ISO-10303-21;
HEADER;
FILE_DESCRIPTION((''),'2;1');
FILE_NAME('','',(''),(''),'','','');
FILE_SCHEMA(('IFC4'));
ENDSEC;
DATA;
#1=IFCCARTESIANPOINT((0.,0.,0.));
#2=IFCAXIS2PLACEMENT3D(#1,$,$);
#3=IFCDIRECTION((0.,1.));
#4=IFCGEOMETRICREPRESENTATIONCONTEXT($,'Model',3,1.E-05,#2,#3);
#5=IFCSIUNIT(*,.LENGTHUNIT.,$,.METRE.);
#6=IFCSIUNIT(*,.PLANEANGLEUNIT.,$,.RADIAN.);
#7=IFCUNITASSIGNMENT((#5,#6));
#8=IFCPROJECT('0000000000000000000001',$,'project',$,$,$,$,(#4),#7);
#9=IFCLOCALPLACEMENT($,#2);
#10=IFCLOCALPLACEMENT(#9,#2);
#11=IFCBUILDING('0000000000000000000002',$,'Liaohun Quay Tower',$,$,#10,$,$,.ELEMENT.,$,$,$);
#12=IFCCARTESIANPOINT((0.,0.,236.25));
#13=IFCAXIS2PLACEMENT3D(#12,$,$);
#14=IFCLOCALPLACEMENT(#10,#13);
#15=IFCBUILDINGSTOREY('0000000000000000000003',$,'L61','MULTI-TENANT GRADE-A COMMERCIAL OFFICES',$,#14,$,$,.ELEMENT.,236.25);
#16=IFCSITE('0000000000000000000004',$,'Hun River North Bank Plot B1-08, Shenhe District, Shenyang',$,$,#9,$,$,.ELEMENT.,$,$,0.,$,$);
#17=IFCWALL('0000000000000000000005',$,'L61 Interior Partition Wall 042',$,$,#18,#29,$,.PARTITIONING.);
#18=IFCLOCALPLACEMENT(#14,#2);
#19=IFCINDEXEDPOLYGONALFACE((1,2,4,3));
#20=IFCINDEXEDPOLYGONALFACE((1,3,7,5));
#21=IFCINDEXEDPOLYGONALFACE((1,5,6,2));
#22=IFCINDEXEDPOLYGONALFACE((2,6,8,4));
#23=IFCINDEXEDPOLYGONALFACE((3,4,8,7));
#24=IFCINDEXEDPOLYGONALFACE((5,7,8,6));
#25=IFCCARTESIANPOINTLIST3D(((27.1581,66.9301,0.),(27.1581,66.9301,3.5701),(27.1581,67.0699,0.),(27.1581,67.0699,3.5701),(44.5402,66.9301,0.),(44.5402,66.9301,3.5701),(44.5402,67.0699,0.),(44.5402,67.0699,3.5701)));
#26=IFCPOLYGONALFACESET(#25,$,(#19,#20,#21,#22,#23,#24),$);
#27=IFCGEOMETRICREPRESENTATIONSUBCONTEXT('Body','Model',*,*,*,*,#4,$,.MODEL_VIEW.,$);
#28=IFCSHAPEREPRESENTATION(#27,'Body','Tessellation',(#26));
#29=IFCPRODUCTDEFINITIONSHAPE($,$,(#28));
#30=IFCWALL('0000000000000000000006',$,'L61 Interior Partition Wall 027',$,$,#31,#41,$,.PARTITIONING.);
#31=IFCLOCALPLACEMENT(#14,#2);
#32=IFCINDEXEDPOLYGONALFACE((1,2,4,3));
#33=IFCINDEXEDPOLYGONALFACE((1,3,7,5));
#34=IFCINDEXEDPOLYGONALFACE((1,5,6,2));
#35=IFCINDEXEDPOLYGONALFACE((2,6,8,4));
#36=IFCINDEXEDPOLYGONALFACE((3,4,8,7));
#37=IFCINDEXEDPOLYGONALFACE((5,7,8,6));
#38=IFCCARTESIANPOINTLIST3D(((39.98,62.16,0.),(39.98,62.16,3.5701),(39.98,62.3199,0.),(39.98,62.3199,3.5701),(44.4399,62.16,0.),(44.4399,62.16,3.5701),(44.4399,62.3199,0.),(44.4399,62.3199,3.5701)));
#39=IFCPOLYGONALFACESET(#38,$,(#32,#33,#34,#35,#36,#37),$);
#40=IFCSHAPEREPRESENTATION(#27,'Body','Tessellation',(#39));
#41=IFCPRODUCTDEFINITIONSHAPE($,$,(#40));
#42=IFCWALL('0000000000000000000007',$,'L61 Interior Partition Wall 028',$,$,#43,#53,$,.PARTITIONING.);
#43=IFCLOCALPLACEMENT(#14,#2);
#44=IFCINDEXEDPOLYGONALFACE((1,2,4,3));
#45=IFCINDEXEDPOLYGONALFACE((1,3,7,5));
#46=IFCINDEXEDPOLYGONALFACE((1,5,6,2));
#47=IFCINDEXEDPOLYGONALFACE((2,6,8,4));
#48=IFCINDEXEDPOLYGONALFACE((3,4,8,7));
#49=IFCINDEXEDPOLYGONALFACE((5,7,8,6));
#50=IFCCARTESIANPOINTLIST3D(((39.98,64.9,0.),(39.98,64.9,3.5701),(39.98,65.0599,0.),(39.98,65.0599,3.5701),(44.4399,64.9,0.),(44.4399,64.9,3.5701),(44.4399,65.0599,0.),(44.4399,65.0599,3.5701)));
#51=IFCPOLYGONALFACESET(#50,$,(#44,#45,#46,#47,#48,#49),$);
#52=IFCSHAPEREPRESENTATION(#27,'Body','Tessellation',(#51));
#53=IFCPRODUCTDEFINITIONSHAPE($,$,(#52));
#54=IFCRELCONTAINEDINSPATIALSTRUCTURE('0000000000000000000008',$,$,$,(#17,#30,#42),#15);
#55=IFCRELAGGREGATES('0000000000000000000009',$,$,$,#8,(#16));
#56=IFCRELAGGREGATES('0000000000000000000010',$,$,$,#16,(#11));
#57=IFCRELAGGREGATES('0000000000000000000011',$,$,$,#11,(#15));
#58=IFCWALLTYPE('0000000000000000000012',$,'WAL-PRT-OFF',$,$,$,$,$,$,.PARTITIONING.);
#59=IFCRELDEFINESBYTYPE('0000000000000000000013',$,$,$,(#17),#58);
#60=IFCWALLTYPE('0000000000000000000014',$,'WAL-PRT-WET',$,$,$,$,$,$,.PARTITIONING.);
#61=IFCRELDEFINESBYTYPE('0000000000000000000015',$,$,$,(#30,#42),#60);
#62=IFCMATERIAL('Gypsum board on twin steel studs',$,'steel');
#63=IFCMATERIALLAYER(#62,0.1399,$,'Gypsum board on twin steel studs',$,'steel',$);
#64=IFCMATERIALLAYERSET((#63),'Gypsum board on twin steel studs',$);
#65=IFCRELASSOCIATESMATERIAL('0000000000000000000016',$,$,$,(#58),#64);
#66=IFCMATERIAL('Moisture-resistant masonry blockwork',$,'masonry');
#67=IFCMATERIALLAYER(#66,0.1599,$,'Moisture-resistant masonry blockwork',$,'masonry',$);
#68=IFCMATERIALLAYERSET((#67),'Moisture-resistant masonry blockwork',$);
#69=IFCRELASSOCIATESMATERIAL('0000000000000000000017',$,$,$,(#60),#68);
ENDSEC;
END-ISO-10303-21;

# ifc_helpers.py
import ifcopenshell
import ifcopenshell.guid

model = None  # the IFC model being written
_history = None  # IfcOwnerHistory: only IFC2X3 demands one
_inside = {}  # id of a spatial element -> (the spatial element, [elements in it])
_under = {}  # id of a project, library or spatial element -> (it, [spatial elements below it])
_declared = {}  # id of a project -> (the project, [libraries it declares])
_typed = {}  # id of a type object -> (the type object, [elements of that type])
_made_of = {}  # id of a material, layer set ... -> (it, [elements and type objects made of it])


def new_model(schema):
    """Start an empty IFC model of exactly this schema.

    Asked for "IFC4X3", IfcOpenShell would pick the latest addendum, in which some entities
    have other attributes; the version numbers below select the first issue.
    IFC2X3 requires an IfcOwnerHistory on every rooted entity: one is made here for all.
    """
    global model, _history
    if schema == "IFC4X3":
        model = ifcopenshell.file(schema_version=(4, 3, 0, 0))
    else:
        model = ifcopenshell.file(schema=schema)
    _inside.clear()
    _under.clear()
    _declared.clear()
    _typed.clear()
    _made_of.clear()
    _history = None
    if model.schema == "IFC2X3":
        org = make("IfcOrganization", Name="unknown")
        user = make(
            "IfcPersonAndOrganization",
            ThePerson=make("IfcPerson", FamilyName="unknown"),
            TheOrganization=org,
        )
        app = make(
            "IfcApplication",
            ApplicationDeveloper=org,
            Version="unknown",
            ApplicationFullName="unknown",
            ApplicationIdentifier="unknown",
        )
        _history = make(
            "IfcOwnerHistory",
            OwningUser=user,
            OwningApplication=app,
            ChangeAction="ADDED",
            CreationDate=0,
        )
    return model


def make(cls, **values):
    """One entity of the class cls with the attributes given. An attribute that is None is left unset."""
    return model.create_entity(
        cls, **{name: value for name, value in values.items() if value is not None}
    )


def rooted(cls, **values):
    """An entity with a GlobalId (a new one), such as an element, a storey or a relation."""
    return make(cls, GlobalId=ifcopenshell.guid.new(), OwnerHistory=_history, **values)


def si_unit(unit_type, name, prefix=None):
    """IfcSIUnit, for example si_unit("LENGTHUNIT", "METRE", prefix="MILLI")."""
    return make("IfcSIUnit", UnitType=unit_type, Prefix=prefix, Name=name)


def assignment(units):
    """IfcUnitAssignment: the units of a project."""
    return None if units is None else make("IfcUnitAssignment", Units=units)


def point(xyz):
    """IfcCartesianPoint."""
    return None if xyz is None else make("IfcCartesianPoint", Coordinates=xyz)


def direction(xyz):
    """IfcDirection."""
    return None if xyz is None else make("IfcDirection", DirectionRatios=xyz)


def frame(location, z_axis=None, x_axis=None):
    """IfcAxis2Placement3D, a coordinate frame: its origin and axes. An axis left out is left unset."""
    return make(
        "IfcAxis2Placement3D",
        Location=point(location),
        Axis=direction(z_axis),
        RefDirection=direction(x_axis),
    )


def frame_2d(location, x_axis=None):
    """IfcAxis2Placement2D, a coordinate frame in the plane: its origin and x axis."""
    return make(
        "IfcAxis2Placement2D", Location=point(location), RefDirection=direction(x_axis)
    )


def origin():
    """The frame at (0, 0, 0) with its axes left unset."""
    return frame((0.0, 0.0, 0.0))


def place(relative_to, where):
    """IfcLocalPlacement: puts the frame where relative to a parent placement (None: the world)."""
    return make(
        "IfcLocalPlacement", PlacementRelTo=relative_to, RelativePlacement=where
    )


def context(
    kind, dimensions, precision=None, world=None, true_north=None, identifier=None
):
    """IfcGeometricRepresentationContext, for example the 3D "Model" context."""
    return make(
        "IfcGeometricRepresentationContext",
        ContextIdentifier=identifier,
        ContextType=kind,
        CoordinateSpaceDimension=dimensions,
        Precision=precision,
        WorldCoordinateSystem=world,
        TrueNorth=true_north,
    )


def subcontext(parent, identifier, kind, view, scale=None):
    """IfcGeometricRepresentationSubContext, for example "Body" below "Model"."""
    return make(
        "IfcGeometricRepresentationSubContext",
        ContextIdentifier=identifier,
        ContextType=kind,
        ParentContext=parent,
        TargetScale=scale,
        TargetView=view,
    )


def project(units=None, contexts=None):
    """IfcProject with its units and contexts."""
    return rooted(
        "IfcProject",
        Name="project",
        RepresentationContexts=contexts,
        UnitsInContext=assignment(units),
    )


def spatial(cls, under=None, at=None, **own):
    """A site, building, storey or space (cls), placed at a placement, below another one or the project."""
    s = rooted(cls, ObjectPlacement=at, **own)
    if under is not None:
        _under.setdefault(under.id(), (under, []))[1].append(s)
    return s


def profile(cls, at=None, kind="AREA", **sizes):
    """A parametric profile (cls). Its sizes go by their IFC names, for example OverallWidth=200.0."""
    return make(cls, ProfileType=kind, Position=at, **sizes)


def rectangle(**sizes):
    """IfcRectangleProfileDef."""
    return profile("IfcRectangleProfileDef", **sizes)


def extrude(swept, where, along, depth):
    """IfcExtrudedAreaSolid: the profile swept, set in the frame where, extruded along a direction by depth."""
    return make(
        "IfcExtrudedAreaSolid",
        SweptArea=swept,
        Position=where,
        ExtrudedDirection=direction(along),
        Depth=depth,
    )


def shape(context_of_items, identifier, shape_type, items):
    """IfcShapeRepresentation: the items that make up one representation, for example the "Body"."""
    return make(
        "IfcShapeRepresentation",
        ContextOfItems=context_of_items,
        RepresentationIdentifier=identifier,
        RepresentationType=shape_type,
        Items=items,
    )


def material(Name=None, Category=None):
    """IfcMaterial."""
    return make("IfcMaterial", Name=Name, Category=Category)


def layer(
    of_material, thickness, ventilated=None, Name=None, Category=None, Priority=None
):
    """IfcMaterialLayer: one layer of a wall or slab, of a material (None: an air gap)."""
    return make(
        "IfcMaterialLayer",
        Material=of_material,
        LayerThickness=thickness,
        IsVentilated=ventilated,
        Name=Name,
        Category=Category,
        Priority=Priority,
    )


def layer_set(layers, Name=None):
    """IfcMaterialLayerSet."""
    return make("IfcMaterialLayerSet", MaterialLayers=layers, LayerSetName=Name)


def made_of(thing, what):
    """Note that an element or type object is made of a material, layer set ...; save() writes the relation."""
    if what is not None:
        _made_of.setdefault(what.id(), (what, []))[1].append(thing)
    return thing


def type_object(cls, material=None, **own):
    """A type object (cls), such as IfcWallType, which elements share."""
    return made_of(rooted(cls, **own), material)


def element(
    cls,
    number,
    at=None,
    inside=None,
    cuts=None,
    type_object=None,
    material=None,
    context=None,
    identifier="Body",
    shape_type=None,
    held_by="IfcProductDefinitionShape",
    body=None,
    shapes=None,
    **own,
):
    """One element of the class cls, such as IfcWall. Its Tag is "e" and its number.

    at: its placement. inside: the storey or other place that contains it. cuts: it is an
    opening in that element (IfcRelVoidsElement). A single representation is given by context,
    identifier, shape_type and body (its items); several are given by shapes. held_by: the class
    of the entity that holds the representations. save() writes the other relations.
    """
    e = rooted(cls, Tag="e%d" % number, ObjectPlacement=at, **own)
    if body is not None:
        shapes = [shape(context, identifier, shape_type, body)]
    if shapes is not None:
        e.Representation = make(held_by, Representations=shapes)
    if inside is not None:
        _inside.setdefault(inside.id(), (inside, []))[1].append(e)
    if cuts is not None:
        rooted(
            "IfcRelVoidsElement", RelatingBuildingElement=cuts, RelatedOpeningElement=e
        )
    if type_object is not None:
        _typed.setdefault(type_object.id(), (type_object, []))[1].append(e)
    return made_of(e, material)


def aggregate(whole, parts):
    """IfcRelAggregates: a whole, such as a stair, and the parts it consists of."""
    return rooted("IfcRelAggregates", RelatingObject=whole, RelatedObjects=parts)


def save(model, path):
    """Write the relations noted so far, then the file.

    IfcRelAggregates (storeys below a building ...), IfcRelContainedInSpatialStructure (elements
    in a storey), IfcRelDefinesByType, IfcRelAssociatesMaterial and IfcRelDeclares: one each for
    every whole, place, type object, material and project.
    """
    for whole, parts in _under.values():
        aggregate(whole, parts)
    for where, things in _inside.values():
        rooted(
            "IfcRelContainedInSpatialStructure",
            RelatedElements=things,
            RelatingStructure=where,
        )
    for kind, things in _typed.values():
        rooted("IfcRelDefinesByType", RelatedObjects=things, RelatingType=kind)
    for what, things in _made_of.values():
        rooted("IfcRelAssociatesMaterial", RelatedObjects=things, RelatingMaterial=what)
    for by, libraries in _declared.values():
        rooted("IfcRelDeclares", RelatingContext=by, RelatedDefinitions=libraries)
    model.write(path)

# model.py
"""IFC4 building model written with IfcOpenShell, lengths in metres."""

from ifc_helpers import new_model, si_unit, direction, frame, frame_2d, origin, place, context, subcontext, project, spatial, rectangle, extrude, material, layer, layer_set, type_object, element, save


model = new_model("IFC4")

# Units and contexts
model_context = context("Model", 3, precision=1e-05, world=origin(), true_north=direction((0.0, 1.0)))
body_context = subcontext(model_context, "Body", "Model", "MODEL_VIEW")
ifc_project = project(units=[si_unit("LENGTHUNIT", "METRE"), si_unit("PLANEANGLEUNIT", "RADIAN")], contexts=[model_context])

# Site, building, storey
site_placement = place(None, origin())
site = spatial("IfcSite", under=ifc_project, at=site_placement, Name="Hun River North Bank Plot B1-08, Shenhe District, Shenyang", CompositionType="ELEMENT", RefElevation=0.0)
building_placement = place(site_placement, origin())
building = spatial("IfcBuilding", under=site, at=building_placement, Name="Liaohun Quay Tower", CompositionType="ELEMENT")
storey_placement = place(building_placement, frame((0.0, 0.0, 236.25)))
storey = spatial("IfcBuildingStorey", under=building, at=storey_placement, Name="L61", Description="MULTI-TENANT GRADE-A COMMERCIAL OFFICES", CompositionType="ELEMENT", Elevation=236.25)

# Wall
ifc_material_1 = material(Name="Gypsum board on twin steel studs", Category="steel")
ifc_layer_1 = layer(ifc_material_1, 0.1399, Name="Gypsum board on twin steel studs", Category="steel")
ifc_layer_set_1 = layer_set([ifc_layer_1], Name="Gypsum board on twin steel studs")
wall_type_1 = type_object("IfcWallType", Name="WAL-PRT-OFF", PredefinedType="PARTITIONING", material=ifc_layer_set_1)
wall_1_placement = place(storey_placement, frame((44.54, 67.0, 0.0), z_axis=(0.0, 0.0, 1.0), x_axis=(-1.0, 0.0, 0.0)))
element("IfcWall", 1, at=wall_1_placement, inside=storey, type_object=wall_type_1, Name="L61 Interior Partition Wall 042", PredefinedType="PARTITIONING", context=body_context, shape_type="SweptSolid", body=[
    extrude(rectangle(XDim=17.3821, YDim=0.1399, at=frame_2d((8.6909, 0.0))), origin(), (0.0, 0.0, 1.0), 3.5701),
])

# Shared definitions
ifc_material_2 = material(Name="Moisture-resistant masonry blockwork", Category="masonry")
ifc_layer_2 = layer(ifc_material_2, 0.1599, Name="Moisture-resistant masonry blockwork", Category="masonry")
ifc_layer_set_2 = layer_set([ifc_layer_2], Name="Moisture-resistant masonry blockwork")
wall_type_2 = type_object("IfcWallType", Name="WAL-PRT-WET", PredefinedType="PARTITIONING", material=ifc_layer_set_2)

# Walls
for number, where, z_axis, x_axis, name in (
    (2, (39.98, 62.24, 0.0), (0.0, 0.0, 1.0), (1.0, 0.0, 0.0), "L61 Interior Partition Wall 027"),
    (3, (39.98, 64.98, 0.0), (0.0, 0.0, 1.0), (1.0, 0.0, 0.0), "L61 Interior Partition Wall 028"),
):
    element("IfcWall", number, at=place(storey_placement, frame(where, z_axis=z_axis, x_axis=x_axis)), inside=storey, type_object=wall_type_2, Name=name, PredefinedType="PARTITIONING", context=body_context, shape_type="SweptSolid", body=[
        extrude(rectangle(XDim=4.46, YDim=0.1599, at=frame_2d((2.23, 0.0))), origin(), (0.0, 0.0, 1.0), 3.5701),
    ])

save(model, "model.ifc")
